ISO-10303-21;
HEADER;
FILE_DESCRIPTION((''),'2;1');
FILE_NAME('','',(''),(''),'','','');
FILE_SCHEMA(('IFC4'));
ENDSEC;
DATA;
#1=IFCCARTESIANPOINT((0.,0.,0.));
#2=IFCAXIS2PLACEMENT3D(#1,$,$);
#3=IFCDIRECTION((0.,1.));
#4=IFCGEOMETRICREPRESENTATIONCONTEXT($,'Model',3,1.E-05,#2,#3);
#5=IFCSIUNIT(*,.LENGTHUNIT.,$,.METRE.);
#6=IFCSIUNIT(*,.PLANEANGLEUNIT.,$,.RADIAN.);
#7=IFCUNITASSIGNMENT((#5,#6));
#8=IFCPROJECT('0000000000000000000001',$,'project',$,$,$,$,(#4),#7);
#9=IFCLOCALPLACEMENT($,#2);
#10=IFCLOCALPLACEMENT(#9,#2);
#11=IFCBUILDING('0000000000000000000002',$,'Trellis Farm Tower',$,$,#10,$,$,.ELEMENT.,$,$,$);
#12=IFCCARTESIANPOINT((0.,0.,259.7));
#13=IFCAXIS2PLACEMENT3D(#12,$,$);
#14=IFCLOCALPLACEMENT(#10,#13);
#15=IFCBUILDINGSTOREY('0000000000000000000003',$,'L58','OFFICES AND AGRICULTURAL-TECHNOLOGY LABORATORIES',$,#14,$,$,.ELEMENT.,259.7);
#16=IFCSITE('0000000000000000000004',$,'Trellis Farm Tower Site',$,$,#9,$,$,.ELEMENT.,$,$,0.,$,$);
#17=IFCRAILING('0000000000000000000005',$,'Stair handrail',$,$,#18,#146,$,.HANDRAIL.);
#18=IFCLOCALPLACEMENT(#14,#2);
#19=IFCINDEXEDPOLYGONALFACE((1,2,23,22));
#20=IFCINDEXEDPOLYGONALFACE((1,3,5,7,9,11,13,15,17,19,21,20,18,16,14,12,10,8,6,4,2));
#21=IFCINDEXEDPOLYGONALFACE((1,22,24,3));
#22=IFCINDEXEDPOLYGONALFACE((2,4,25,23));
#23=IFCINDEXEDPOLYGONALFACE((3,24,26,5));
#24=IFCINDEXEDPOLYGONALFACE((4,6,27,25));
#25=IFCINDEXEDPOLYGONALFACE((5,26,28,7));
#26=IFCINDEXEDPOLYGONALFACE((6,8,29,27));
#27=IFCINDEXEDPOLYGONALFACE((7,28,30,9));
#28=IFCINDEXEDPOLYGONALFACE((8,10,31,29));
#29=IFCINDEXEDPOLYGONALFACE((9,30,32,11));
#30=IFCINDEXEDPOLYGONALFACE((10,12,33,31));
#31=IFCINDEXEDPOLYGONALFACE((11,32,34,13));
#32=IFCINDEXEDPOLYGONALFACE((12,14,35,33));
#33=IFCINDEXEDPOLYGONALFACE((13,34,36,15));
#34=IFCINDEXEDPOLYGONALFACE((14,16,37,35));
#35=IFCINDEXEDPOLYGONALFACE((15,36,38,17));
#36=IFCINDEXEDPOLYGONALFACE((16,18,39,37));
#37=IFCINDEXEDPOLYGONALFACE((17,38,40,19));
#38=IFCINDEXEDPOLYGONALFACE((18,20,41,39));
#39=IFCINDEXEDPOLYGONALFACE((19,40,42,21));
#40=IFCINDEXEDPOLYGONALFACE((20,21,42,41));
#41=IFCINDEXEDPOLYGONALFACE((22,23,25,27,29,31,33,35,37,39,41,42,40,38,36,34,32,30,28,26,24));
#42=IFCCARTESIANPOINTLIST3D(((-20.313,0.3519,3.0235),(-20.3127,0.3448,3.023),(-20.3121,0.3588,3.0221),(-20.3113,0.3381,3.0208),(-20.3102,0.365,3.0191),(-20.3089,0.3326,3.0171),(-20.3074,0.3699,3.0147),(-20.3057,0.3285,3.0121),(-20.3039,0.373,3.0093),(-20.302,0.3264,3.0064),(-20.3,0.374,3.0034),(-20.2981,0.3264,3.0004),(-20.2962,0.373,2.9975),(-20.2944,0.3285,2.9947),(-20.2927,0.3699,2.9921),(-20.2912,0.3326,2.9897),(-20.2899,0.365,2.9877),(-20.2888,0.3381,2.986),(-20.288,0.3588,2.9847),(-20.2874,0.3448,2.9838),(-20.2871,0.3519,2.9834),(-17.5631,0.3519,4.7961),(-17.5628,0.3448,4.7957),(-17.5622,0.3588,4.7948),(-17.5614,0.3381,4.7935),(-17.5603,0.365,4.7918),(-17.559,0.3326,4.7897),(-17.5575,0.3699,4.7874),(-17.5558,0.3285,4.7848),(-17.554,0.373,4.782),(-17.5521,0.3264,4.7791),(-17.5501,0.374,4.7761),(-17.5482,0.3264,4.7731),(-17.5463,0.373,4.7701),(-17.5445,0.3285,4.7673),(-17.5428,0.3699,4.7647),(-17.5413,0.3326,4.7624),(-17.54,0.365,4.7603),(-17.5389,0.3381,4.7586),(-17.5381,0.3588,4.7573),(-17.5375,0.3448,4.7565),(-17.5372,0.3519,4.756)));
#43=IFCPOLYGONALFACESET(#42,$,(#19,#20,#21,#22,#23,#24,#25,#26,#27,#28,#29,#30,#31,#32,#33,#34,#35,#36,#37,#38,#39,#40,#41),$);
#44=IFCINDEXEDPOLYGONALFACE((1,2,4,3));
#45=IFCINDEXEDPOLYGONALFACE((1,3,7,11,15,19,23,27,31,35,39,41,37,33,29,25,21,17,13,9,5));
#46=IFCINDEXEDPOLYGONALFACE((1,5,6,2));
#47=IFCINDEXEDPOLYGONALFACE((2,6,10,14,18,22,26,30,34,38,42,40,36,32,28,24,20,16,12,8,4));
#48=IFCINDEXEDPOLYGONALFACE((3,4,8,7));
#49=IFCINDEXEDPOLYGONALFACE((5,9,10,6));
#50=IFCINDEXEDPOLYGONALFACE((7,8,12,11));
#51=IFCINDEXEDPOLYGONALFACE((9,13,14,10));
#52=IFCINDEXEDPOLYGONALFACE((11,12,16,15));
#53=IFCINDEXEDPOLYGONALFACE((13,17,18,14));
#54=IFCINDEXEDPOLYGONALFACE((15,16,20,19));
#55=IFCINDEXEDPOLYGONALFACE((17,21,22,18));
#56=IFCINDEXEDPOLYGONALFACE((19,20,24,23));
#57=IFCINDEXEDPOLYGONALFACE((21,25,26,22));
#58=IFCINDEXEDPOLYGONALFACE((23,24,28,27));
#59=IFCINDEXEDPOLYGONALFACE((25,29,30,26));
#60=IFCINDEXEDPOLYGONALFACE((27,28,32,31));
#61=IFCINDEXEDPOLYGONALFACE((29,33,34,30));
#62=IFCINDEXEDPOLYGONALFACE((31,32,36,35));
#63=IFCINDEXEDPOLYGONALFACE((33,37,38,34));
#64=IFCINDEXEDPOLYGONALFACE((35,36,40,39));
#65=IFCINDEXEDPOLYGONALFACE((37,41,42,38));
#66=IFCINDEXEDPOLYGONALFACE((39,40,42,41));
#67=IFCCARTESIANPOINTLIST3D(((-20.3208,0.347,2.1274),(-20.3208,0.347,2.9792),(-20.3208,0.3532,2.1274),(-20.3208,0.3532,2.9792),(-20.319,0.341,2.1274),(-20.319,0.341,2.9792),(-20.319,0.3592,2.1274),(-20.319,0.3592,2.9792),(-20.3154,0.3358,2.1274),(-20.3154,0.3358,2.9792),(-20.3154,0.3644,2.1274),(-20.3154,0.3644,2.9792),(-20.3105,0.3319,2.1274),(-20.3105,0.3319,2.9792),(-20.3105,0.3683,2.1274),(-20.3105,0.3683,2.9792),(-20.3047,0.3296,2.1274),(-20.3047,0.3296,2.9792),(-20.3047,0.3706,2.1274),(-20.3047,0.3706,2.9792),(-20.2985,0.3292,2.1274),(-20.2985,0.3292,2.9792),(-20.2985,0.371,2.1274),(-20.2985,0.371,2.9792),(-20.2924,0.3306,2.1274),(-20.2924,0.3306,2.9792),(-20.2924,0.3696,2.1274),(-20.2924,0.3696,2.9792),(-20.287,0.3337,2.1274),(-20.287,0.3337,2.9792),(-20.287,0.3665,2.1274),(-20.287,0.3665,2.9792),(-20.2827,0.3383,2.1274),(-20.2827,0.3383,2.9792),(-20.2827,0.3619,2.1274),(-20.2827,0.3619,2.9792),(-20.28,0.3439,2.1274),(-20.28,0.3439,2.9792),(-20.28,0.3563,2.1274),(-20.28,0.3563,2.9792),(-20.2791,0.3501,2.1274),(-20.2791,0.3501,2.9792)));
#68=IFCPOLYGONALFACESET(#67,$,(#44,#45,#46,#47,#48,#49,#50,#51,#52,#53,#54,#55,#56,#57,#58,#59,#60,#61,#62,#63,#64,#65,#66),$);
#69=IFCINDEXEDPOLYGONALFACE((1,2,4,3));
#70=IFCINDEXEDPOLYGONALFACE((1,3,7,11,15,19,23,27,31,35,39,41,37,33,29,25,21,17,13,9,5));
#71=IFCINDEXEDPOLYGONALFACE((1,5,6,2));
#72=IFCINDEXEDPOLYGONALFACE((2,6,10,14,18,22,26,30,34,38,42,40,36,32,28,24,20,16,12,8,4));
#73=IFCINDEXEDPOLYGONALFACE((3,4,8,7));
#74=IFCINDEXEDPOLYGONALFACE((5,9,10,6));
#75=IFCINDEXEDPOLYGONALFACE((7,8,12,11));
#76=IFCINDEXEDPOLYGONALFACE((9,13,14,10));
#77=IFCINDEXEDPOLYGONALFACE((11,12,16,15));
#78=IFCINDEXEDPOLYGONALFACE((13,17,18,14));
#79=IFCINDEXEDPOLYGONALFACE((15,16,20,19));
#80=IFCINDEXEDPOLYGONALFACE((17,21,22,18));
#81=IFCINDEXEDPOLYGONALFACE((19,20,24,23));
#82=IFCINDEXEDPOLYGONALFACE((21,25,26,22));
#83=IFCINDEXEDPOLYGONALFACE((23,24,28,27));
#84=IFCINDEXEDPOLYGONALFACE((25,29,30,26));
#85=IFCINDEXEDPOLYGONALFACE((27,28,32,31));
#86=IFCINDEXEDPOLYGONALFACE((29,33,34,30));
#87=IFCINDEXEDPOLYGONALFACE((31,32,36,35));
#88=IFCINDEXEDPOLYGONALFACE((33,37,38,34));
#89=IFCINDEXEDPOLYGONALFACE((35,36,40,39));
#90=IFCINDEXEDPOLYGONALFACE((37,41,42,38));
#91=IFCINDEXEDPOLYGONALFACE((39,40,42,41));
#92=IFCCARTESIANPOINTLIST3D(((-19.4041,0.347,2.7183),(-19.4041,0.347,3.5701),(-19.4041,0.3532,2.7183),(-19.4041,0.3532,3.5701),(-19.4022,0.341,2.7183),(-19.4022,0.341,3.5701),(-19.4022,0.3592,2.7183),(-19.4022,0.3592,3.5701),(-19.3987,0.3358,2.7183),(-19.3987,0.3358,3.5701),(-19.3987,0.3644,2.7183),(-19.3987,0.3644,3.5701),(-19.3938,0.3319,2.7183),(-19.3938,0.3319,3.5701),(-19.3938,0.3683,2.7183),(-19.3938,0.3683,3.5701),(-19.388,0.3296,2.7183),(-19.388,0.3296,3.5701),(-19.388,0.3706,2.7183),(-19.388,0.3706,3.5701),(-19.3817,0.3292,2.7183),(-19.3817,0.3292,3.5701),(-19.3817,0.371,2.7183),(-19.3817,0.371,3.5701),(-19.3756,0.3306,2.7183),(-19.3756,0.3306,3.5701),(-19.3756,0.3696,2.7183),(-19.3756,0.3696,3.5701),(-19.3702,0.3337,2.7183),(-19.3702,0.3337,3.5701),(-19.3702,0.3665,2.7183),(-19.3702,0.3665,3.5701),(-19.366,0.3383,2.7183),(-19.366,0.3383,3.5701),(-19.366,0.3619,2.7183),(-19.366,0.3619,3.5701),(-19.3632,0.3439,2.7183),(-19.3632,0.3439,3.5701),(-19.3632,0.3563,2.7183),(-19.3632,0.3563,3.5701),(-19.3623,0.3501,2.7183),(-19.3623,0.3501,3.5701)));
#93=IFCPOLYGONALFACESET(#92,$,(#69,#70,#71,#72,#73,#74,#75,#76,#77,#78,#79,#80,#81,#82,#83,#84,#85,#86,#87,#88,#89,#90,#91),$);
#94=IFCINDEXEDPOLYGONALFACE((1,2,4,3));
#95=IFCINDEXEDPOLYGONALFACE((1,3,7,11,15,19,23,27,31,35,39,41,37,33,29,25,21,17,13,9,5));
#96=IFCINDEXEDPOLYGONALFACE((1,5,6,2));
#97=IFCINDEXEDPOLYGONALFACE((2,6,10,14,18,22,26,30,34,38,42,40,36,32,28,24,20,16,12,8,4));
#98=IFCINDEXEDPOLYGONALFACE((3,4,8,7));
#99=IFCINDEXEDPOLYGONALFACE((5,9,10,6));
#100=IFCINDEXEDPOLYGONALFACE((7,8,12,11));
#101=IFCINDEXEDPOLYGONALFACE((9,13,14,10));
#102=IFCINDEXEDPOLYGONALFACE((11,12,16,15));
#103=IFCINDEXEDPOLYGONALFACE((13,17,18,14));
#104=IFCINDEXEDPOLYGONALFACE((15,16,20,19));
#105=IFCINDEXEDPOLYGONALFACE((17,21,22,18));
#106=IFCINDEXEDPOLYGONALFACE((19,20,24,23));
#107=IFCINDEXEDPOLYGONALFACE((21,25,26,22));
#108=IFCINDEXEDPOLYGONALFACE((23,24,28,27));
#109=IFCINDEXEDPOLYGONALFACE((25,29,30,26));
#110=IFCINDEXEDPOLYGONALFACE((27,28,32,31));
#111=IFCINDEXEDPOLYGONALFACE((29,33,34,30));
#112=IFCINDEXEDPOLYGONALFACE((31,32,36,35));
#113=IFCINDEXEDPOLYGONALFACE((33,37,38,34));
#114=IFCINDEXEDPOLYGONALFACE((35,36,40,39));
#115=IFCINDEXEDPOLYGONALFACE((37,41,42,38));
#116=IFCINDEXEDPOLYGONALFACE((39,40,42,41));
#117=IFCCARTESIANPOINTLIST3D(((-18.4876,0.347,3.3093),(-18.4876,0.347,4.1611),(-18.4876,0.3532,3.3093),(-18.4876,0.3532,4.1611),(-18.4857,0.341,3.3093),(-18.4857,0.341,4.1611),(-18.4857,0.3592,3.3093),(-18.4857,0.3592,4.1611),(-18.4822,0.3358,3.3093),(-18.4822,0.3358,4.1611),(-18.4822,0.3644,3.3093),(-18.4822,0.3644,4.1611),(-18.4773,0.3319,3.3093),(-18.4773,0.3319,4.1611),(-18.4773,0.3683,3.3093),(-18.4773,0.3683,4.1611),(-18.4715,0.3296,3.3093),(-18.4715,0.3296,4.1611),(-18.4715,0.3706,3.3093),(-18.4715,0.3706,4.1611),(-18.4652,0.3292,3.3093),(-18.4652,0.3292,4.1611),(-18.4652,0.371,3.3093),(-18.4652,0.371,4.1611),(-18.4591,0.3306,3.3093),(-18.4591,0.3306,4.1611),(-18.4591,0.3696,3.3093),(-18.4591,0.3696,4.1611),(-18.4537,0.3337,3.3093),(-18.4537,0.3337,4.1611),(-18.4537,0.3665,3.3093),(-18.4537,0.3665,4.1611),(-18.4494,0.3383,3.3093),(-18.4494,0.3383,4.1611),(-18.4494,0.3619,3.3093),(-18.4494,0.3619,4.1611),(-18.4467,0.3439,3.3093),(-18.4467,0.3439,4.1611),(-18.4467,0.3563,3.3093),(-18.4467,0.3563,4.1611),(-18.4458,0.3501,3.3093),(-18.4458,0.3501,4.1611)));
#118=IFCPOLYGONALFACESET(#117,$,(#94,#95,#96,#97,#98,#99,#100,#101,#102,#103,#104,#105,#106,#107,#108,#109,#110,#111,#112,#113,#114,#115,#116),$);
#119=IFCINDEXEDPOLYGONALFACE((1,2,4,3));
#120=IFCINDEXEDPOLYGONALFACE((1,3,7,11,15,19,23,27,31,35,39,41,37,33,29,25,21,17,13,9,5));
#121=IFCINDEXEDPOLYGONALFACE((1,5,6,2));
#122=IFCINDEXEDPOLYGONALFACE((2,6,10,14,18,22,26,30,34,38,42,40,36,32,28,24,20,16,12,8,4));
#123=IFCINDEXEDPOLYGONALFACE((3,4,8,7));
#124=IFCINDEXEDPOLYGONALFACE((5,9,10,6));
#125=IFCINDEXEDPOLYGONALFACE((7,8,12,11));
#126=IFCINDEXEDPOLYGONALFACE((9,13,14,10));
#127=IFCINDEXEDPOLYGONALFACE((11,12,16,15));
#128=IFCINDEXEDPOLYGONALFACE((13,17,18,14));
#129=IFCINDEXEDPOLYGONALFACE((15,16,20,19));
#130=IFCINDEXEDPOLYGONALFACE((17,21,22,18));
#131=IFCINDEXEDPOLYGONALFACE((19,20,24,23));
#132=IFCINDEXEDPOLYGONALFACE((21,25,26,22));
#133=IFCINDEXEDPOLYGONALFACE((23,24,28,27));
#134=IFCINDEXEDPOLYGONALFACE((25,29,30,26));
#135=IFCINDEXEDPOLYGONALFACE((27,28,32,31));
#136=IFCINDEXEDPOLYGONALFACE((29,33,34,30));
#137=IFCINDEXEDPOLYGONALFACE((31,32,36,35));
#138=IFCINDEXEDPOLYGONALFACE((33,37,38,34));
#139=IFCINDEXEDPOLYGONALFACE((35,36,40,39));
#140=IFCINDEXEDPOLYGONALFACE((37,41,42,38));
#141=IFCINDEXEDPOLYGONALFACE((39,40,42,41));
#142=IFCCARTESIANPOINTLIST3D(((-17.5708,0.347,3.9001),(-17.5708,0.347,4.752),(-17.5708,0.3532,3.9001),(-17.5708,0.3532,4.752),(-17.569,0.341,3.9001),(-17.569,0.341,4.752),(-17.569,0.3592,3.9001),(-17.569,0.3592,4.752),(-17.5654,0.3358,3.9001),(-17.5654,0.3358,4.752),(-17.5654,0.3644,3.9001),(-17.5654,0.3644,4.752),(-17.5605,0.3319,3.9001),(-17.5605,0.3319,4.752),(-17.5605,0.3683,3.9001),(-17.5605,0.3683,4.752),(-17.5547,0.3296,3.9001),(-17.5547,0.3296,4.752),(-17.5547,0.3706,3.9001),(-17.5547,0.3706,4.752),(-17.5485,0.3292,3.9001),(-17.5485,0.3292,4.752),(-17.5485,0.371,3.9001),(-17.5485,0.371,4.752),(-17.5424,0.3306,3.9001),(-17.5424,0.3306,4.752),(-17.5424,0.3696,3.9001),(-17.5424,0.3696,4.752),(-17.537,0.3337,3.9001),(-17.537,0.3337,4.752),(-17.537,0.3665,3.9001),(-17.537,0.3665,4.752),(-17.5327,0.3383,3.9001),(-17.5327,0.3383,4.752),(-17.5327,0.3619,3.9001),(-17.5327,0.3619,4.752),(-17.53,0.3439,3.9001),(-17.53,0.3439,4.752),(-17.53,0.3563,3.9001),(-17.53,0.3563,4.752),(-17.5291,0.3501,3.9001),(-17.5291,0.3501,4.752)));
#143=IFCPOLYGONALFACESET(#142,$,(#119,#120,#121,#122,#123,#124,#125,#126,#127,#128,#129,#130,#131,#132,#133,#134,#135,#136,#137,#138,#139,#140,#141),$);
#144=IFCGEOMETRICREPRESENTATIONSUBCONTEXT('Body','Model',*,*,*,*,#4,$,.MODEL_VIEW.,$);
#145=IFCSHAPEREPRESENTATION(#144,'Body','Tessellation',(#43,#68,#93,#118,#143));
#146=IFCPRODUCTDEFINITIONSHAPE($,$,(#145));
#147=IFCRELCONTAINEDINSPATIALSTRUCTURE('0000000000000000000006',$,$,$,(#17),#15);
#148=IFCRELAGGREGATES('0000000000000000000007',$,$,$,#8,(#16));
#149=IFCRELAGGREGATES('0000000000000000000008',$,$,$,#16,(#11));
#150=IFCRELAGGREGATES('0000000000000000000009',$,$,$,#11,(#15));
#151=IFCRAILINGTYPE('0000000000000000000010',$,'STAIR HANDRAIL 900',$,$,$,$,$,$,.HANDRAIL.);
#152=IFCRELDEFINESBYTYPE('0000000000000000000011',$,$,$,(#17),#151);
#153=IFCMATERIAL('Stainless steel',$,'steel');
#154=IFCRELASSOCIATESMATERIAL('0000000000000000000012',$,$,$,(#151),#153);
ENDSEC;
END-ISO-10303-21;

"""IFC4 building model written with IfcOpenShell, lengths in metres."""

from ifc_helpers import new_model, si_unit, direction, frame, origin, origin_2d, place, context, subcontext, project, spatial, circle, extrude, source, transform, mapped, material, type_object, element, save


model = new_model("IFC4")

# Units and contexts
model_context = context("Model", 3, precision=1e-05, world=origin(), true_north=direction((0.0, 1.0)))
body_context = subcontext(model_context, "Body", "Model", "MODEL_VIEW")
ifc_project = project(units=[si_unit("LENGTHUNIT", "METRE"), si_unit("PLANEANGLEUNIT", "RADIAN")], contexts=[model_context])

# Site, building, storey
site_placement = place(None, origin())
site = spatial("IfcSite", under=ifc_project, at=site_placement, Name="Trellis Farm Tower Site", CompositionType="ELEMENT", RefElevation=0.0)
building_placement = place(site_placement, origin())
building = spatial("IfcBuilding", under=site, at=building_placement, Name="Trellis Farm Tower", CompositionType="ELEMENT")
storey_placement = place(building_placement, frame((0.0, 0.0, 259.7)))
storey = spatial("IfcBuildingStorey", under=building, at=storey_placement, Name="L58", Description="OFFICES AND AGRICULTURAL-TECHNOLOGY LABORATORIES", CompositionType="ELEMENT", Elevation=259.7)

# Railing
ifc_material_1 = material(Name="Stainless steel", Category="steel")
railing_type = type_object("IfcRailingType", Name="STAIR HANDRAIL 900", PredefinedType="HANDRAIL", material=ifc_material_1)
shared_shape_1 = source(origin(), body_context, "Body", "SweptSolid", [
    extrude(circle(Radius=0.0239, at=origin_2d()), frame((0.0, 0.0, 0.876), z_axis=(0.840504, 0.0, 0.541806), x_axis=(0.0, 1.0, 0.0)), (0.0, 0.0, 1.0), 3.2717),
    extrude(circle(Radius=0.021, at=origin_2d()), origin(), (0.0, 0.0, 1.0), 0.8518),
    extrude(circle(Radius=0.021, at=origin_2d()), frame((0.9167, 0.0, 0.5908)), (0.0, 0.0, 1.0), 0.8518),
    extrude(circle(Radius=0.021, at=origin_2d()), frame((1.8333, 0.0, 1.1819)), (0.0, 0.0, 1.0), 0.8518),
    extrude(circle(Radius=0.021, at=origin_2d()), frame((2.75, 0.0, 1.7727)), (0.0, 0.0, 1.0), 0.8518),
])
for number, where, name in (
    (1, (-20.3, 0.3501, 2.1274), "Stair handrail"),
):
    element("IfcRailing", number, at=place(storey_placement, frame(where)), inside=storey, type_object=railing_type, Name=name, PredefinedType="HANDRAIL", context=body_context, shape_type="MappedRepresentation", body=[
        mapped(shared_shape_1, transform((0.0, 0.0, 0.0))),
    ])

save(model, "model.ifc")
